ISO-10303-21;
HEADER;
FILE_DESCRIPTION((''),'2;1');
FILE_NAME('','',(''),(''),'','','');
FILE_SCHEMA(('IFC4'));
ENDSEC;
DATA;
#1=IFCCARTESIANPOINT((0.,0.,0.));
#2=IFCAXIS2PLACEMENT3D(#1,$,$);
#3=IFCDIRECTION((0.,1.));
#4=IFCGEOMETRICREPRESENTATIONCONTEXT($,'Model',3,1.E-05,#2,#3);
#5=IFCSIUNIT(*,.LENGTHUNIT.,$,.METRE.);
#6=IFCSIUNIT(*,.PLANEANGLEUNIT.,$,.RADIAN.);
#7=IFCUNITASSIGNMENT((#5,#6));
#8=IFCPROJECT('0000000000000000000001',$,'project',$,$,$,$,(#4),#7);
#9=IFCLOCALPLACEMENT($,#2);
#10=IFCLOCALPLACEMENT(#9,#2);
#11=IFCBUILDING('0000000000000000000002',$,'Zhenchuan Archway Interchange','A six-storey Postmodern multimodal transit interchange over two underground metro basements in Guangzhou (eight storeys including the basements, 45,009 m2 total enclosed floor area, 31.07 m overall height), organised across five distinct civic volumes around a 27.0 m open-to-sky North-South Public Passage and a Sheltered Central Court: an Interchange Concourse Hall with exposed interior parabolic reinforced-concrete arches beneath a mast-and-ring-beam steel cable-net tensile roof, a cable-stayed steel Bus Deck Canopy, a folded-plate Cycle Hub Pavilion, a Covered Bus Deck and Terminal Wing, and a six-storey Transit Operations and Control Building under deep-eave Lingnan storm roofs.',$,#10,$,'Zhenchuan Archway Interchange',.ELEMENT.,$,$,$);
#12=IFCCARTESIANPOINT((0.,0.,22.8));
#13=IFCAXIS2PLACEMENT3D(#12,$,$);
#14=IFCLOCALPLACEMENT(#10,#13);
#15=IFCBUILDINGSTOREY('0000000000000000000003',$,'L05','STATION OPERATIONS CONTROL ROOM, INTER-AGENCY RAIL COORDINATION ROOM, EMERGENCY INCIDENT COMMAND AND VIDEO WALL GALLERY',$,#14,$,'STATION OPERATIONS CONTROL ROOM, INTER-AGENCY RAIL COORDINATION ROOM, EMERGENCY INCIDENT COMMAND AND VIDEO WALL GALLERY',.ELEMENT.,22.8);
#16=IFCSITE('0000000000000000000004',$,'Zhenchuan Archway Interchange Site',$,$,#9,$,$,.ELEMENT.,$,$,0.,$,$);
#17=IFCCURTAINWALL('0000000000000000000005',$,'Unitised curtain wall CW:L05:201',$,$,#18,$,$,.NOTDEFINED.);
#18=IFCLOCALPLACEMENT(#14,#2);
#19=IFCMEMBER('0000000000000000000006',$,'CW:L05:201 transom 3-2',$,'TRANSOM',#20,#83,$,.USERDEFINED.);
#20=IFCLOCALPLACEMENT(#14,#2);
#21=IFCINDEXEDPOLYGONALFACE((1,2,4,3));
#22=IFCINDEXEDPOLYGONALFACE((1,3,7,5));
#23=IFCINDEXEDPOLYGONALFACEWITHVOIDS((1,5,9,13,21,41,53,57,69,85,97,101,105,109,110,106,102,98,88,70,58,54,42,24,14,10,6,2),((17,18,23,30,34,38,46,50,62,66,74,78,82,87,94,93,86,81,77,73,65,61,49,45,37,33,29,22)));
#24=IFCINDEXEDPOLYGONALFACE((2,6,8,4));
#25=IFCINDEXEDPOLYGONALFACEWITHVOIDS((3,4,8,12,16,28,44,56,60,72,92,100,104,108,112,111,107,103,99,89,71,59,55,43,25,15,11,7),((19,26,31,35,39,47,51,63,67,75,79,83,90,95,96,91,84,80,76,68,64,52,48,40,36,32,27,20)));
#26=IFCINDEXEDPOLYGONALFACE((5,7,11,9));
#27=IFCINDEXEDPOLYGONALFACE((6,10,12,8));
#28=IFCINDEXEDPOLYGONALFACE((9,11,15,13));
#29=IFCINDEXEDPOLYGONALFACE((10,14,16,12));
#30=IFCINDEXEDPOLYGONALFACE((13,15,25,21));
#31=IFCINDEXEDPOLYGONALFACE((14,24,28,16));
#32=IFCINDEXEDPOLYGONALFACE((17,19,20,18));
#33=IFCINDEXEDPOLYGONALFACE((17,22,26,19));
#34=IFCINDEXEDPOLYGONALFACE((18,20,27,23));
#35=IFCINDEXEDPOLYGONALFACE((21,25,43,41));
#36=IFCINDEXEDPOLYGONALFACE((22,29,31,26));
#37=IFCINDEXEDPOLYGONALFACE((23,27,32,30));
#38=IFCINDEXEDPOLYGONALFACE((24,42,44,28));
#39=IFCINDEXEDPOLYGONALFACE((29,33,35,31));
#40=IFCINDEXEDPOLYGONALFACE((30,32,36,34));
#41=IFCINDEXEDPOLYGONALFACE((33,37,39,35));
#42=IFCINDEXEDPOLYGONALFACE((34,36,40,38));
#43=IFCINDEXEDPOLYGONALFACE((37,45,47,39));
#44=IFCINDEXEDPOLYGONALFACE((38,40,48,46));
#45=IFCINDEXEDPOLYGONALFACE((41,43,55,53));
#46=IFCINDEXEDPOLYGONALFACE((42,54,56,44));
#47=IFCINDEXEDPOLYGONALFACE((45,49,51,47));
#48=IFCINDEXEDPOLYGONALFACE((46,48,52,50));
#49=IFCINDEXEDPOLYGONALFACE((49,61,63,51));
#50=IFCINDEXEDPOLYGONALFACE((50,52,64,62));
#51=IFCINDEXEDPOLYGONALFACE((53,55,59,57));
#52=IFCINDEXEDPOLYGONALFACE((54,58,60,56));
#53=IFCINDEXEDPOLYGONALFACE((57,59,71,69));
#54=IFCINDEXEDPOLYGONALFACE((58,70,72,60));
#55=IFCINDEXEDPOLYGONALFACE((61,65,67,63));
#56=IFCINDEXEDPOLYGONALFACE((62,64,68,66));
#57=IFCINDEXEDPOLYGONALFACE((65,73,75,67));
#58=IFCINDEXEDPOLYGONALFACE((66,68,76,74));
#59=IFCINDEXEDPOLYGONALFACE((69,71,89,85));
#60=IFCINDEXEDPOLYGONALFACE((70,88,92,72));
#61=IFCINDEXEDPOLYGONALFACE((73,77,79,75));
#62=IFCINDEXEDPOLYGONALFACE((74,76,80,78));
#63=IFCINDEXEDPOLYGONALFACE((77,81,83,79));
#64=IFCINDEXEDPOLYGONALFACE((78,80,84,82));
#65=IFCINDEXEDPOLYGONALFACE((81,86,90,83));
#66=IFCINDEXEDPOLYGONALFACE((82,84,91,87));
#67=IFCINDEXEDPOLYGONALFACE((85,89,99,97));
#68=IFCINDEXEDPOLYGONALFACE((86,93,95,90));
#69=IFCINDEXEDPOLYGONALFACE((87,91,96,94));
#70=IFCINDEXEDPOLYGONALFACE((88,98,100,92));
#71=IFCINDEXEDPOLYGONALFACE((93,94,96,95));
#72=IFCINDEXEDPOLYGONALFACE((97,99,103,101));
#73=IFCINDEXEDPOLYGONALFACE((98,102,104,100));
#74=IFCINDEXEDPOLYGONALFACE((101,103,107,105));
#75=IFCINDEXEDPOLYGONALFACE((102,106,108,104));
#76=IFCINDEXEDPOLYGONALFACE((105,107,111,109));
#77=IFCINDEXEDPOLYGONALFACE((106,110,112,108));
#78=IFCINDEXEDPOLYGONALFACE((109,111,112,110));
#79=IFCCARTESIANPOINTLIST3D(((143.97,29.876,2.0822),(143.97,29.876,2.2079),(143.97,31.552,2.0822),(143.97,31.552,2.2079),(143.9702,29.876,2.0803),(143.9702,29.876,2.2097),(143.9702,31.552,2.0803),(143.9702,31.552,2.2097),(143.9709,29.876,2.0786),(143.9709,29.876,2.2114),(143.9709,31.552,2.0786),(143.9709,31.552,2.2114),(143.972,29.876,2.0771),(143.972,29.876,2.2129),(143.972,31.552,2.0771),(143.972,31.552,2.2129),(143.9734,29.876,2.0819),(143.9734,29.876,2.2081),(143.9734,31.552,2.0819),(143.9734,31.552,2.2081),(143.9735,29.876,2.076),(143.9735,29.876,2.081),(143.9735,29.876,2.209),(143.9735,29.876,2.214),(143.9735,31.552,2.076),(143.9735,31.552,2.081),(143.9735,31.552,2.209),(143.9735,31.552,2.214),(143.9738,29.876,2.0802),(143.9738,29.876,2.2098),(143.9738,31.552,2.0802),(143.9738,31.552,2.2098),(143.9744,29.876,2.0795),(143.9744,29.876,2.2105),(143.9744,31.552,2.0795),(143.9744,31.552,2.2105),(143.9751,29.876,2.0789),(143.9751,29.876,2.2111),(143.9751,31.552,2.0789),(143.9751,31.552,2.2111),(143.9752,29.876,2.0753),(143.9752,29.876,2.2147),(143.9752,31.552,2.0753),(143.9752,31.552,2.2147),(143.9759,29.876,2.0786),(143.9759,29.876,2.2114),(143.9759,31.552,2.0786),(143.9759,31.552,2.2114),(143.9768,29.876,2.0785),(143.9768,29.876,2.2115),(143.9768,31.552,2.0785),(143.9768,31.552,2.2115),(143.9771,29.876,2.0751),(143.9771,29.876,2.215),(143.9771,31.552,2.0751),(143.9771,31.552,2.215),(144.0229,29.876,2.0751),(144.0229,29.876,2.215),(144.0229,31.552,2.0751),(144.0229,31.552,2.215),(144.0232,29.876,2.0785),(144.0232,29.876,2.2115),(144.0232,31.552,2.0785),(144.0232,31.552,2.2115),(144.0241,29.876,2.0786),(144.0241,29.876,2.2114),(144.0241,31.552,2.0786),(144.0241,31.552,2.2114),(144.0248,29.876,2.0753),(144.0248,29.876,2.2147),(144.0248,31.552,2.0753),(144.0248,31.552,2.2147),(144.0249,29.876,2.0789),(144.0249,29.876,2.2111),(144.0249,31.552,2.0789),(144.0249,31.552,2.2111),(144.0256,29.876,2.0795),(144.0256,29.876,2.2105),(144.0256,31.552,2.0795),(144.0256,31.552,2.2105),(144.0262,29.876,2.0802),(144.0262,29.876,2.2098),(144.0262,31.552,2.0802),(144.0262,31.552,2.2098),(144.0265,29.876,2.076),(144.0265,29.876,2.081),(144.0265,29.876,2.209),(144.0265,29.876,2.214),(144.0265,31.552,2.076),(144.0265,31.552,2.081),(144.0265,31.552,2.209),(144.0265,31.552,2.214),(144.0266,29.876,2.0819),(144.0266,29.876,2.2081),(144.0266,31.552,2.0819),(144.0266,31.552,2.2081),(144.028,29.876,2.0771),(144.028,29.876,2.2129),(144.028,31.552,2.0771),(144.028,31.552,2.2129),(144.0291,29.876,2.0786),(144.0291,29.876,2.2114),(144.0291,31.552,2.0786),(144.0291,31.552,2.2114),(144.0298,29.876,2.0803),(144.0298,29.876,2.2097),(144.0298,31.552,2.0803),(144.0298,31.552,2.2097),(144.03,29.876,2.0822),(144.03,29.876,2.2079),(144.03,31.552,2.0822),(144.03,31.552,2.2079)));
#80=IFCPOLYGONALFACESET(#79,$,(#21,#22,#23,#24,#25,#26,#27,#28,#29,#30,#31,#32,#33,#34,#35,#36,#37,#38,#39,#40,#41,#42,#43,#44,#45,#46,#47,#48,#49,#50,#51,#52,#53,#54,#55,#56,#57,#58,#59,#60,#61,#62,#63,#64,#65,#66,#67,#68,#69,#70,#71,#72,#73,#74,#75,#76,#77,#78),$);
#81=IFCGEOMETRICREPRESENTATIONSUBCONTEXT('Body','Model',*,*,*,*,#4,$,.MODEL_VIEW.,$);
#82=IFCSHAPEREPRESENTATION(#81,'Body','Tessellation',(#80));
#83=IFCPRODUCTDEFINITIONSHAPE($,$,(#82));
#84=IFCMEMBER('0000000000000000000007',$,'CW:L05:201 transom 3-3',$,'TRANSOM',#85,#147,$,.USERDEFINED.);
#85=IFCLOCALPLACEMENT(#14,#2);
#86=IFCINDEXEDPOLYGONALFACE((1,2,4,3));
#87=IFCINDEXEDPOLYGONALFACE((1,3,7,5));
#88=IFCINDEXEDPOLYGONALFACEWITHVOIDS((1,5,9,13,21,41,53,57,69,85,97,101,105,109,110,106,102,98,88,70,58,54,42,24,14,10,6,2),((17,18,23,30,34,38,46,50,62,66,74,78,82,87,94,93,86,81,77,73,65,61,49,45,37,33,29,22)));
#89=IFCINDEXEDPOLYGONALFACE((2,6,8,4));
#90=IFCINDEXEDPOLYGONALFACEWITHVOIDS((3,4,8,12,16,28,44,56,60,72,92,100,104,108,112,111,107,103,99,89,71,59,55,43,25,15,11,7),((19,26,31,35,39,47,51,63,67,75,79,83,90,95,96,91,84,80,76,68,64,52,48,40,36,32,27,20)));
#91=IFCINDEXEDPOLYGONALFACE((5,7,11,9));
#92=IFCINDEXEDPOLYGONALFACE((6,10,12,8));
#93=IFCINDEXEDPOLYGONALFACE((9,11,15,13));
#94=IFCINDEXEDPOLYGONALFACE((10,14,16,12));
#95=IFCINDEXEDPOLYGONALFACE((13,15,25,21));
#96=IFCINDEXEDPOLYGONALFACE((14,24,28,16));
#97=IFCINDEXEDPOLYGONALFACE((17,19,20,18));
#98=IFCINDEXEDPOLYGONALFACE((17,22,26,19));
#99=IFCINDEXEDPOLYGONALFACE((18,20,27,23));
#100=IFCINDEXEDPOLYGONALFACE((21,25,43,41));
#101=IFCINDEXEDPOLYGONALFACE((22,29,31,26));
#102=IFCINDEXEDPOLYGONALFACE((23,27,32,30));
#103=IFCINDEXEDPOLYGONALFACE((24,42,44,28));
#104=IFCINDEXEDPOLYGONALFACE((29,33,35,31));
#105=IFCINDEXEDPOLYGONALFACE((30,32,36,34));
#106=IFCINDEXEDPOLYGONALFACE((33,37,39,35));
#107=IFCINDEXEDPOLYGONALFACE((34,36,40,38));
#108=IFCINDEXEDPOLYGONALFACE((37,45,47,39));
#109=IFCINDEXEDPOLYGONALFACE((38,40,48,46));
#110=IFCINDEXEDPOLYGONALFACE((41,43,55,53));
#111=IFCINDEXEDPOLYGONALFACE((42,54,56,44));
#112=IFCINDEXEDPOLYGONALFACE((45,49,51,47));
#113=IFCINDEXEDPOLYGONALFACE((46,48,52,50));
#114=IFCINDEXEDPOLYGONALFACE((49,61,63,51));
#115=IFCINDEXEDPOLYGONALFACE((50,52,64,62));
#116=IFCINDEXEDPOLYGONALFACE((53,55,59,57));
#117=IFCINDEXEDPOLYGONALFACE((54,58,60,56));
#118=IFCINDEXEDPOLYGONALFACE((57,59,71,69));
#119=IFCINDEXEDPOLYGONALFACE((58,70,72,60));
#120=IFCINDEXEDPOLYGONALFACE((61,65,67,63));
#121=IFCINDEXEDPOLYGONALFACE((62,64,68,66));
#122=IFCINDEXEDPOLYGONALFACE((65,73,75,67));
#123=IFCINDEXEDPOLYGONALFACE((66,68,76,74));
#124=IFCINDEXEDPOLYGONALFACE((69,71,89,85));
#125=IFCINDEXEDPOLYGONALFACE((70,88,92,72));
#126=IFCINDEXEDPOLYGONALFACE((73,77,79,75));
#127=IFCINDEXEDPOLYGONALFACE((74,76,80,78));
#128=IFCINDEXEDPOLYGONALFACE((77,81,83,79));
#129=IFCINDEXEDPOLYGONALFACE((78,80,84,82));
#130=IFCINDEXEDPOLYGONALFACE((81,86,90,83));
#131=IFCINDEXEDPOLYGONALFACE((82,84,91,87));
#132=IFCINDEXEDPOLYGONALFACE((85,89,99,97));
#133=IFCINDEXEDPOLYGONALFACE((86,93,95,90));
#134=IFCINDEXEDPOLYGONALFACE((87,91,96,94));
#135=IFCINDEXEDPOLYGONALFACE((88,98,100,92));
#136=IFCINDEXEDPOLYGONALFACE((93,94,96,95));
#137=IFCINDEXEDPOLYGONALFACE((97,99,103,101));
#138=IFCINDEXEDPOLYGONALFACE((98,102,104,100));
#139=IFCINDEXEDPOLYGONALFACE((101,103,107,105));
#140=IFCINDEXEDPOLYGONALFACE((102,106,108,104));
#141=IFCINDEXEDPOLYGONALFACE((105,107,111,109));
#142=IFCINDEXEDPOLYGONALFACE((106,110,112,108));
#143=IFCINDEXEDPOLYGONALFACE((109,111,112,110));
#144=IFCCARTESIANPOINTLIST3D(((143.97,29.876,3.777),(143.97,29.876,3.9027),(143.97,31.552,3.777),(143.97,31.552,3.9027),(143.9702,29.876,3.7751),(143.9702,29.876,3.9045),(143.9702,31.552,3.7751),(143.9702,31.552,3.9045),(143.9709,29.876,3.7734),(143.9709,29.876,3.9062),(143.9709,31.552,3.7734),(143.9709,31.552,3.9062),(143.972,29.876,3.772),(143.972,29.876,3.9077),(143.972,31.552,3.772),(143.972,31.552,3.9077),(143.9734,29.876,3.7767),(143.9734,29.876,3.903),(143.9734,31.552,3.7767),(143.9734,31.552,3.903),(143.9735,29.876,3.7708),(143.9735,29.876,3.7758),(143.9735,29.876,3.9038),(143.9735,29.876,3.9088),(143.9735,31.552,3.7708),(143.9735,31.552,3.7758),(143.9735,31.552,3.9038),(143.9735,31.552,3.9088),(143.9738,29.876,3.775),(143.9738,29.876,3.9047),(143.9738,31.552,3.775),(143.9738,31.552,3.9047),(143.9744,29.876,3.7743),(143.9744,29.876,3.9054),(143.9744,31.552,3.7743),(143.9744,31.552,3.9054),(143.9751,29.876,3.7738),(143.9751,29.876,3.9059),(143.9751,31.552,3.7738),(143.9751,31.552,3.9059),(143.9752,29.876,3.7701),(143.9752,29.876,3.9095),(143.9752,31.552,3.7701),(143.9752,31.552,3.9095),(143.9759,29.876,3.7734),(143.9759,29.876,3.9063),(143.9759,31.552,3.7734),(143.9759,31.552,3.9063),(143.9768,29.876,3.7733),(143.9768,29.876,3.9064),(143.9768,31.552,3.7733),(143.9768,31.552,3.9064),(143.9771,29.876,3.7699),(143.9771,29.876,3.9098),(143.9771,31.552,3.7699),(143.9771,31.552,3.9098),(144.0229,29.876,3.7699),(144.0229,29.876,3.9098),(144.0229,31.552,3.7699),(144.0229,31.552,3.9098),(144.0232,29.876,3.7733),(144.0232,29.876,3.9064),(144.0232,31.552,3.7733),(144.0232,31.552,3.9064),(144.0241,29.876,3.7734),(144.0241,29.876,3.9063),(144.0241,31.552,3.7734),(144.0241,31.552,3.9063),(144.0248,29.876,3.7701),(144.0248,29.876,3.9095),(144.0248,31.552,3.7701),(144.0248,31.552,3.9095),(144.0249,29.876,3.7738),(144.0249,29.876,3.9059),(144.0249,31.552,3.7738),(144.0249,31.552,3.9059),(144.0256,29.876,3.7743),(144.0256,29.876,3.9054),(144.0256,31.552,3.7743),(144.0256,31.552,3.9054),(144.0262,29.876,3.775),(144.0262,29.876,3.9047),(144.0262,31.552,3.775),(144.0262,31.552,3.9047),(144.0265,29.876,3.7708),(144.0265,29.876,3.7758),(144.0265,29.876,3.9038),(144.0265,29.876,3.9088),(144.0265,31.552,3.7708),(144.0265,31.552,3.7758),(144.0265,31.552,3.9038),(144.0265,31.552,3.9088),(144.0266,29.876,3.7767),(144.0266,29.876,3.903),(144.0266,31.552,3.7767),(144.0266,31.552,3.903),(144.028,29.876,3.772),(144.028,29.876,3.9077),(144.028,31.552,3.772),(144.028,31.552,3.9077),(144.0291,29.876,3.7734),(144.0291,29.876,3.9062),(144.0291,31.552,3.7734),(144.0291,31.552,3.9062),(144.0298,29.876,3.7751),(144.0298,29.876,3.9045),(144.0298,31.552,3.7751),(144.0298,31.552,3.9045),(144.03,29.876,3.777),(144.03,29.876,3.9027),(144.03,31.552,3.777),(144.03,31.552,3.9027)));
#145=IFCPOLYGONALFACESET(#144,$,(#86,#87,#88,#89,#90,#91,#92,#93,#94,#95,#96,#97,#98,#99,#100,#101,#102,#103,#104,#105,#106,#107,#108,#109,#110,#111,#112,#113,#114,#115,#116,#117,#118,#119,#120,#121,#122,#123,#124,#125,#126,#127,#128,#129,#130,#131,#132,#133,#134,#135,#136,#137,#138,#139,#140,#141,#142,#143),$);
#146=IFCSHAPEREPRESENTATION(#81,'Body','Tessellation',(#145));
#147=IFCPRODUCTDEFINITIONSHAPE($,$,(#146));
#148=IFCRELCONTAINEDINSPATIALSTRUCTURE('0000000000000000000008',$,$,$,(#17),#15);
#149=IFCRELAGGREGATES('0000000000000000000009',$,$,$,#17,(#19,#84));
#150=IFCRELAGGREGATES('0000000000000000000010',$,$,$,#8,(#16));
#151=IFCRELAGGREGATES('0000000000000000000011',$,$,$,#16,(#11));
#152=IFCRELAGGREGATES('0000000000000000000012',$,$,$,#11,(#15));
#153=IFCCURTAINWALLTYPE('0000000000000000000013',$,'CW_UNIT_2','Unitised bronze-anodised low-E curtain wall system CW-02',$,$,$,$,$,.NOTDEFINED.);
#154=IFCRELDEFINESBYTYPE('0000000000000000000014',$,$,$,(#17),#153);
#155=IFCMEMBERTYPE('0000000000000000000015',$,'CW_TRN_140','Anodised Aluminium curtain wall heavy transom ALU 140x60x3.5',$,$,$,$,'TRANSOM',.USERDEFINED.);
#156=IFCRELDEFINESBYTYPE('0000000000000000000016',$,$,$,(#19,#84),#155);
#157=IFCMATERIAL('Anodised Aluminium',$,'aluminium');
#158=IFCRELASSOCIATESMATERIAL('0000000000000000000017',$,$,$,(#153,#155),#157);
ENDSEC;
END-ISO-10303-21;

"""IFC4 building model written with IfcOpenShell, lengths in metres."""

from ifc_helpers import new_model, si_unit, direction, frame, origin, origin_2d, place, context, subcontext, project, spatial, hollow_rectangle, extrude, material, material_profile, profile_set, type_object, element, aggregate, save


model = new_model("IFC4")

# Units and contexts
model_context = context("Model", 3, precision=1e-05, world=origin(), true_north=direction((0.0, 1.0)))
body_context = subcontext(model_context, "Body", "Model", "MODEL_VIEW")
ifc_project = project(units=[si_unit("LENGTHUNIT", "METRE"), si_unit("PLANEANGLEUNIT", "RADIAN")], contexts=[model_context])

# Site, building, storey
site_placement = place(None, origin())
site = spatial("IfcSite", under=ifc_project, at=site_placement, Name="Zhenchuan Archway Interchange Site", CompositionType="ELEMENT", RefElevation=0.0)
building_placement = place(site_placement, origin())
building = spatial("IfcBuilding", under=site, at=building_placement, Name="Zhenchuan Archway Interchange", Description="A six-storey Postmodern multimodal transit interchange over two underground metro basements in Guangzhou (eight storeys including the basements, 45,009 m2 total enclosed floor area, 31.07 m overall height), organised across five distinct civic volumes around a 27.0 m open-to-sky North-South Public Passage and a Sheltered Central Court: an Interchange Concourse Hall with exposed interior parabolic reinforced-concrete arches beneath a mast-and-ring-beam steel cable-net tensile roof, a cable-stayed steel Bus Deck Canopy, a folded-plate Cycle Hub Pavilion, a Covered Bus Deck and Terminal Wing, and a six-storey Transit Operations and Control Building under deep-eave Lingnan storm roofs.", LongName="Zhenchuan Archway Interchange", CompositionType="ELEMENT")
storey_placement = place(building_placement, frame((0.0, 0.0, 22.8)))
storey = spatial("IfcBuildingStorey", under=building, at=storey_placement, Name="L05", Description="STATION OPERATIONS CONTROL ROOM, INTER-AGENCY RAIL COORDINATION ROOM, EMERGENCY INCIDENT COMMAND AND VIDEO WALL GALLERY", LongName="STATION OPERATIONS CONTROL ROOM, INTER-AGENCY RAIL COORDINATION ROOM, EMERGENCY INCIDENT COMMAND AND VIDEO WALL GALLERY", CompositionType="ELEMENT", Elevation=22.8)

# Shared definitions
ifc_material_1 = material(Name="Anodised Aluminium", Category="aluminium")

# Curtain wall, members
curtain_wall_type_1 = type_object("IfcCurtainWallType", Name="CW_UNIT_2", Description="Unitised bronze-anodised low-E curtain wall system CW-02", PredefinedType="NOTDEFINED", material=ifc_material_1)
curtain_wall_1_placement = place(storey_placement, origin())
curtain_wall_1 = element("IfcCurtainWall", 1, at=curtain_wall_1_placement, inside=storey, type_object=curtain_wall_type_1, Name="Unitised curtain wall CW:L05:201", PredefinedType="NOTDEFINED")
ifc_material_profile_1 = material_profile(ifc_material_1, hollow_rectangle(XDim=0.0601, YDim=0.1399, WallThickness=0.0034, InnerFilletRadius=0.0034, OuterFilletRadius=0.0071, at=origin_2d()), Name="ALU 140x60x3.5")
ifc_profile_set_1 = profile_set([ifc_material_profile_1], Name="Anodised Aluminium")
member_type_1 = type_object("IfcMemberType", Name="CW_TRN_140", Description="Anodised Aluminium curtain wall heavy transom ALU 140x60x3.5", ElementType="TRANSOM", PredefinedType="USERDEFINED", material=ifc_profile_set_1)
member_1_placement = place(storey_placement, frame((144.0, 29.876, 2.145), z_axis=(0.0, 1.0, 0.0), x_axis=(-1.0, 0.0, 0.0)))
member_1 = element("IfcMember", 2, at=member_1_placement, type_object=member_type_1, Name="CW:L05:201 transom 3-2", ObjectType="TRANSOM", PredefinedType="USERDEFINED", context=body_context, shape_type="SweptSolid", body=[
    extrude(hollow_rectangle(XDim=0.0601, YDim=0.1399, WallThickness=0.0034, InnerFilletRadius=0.0034, OuterFilletRadius=0.0071, at=origin_2d()), origin(), (0.0, 0.0, 1.0), 1.676),
])
member_2_placement = place(storey_placement, frame((144.0, 29.876, 3.8398), z_axis=(0.0, 1.0, 0.0), x_axis=(-1.0, 0.0, 0.0)))
member_2 = element("IfcMember", 3, at=member_2_placement, type_object=member_type_1, Name="CW:L05:201 transom 3-3", ObjectType="TRANSOM", PredefinedType="USERDEFINED", context=body_context, shape_type="SweptSolid", body=[
    extrude(hollow_rectangle(XDim=0.0601, YDim=0.1399, WallThickness=0.0034, InnerFilletRadius=0.0034, OuterFilletRadius=0.0071, at=origin_2d()), origin(), (0.0, 0.0, 1.0), 1.676),
])

aggregate(curtain_wall_1, [member_1, member_2])

save(model, "model.ifc")
